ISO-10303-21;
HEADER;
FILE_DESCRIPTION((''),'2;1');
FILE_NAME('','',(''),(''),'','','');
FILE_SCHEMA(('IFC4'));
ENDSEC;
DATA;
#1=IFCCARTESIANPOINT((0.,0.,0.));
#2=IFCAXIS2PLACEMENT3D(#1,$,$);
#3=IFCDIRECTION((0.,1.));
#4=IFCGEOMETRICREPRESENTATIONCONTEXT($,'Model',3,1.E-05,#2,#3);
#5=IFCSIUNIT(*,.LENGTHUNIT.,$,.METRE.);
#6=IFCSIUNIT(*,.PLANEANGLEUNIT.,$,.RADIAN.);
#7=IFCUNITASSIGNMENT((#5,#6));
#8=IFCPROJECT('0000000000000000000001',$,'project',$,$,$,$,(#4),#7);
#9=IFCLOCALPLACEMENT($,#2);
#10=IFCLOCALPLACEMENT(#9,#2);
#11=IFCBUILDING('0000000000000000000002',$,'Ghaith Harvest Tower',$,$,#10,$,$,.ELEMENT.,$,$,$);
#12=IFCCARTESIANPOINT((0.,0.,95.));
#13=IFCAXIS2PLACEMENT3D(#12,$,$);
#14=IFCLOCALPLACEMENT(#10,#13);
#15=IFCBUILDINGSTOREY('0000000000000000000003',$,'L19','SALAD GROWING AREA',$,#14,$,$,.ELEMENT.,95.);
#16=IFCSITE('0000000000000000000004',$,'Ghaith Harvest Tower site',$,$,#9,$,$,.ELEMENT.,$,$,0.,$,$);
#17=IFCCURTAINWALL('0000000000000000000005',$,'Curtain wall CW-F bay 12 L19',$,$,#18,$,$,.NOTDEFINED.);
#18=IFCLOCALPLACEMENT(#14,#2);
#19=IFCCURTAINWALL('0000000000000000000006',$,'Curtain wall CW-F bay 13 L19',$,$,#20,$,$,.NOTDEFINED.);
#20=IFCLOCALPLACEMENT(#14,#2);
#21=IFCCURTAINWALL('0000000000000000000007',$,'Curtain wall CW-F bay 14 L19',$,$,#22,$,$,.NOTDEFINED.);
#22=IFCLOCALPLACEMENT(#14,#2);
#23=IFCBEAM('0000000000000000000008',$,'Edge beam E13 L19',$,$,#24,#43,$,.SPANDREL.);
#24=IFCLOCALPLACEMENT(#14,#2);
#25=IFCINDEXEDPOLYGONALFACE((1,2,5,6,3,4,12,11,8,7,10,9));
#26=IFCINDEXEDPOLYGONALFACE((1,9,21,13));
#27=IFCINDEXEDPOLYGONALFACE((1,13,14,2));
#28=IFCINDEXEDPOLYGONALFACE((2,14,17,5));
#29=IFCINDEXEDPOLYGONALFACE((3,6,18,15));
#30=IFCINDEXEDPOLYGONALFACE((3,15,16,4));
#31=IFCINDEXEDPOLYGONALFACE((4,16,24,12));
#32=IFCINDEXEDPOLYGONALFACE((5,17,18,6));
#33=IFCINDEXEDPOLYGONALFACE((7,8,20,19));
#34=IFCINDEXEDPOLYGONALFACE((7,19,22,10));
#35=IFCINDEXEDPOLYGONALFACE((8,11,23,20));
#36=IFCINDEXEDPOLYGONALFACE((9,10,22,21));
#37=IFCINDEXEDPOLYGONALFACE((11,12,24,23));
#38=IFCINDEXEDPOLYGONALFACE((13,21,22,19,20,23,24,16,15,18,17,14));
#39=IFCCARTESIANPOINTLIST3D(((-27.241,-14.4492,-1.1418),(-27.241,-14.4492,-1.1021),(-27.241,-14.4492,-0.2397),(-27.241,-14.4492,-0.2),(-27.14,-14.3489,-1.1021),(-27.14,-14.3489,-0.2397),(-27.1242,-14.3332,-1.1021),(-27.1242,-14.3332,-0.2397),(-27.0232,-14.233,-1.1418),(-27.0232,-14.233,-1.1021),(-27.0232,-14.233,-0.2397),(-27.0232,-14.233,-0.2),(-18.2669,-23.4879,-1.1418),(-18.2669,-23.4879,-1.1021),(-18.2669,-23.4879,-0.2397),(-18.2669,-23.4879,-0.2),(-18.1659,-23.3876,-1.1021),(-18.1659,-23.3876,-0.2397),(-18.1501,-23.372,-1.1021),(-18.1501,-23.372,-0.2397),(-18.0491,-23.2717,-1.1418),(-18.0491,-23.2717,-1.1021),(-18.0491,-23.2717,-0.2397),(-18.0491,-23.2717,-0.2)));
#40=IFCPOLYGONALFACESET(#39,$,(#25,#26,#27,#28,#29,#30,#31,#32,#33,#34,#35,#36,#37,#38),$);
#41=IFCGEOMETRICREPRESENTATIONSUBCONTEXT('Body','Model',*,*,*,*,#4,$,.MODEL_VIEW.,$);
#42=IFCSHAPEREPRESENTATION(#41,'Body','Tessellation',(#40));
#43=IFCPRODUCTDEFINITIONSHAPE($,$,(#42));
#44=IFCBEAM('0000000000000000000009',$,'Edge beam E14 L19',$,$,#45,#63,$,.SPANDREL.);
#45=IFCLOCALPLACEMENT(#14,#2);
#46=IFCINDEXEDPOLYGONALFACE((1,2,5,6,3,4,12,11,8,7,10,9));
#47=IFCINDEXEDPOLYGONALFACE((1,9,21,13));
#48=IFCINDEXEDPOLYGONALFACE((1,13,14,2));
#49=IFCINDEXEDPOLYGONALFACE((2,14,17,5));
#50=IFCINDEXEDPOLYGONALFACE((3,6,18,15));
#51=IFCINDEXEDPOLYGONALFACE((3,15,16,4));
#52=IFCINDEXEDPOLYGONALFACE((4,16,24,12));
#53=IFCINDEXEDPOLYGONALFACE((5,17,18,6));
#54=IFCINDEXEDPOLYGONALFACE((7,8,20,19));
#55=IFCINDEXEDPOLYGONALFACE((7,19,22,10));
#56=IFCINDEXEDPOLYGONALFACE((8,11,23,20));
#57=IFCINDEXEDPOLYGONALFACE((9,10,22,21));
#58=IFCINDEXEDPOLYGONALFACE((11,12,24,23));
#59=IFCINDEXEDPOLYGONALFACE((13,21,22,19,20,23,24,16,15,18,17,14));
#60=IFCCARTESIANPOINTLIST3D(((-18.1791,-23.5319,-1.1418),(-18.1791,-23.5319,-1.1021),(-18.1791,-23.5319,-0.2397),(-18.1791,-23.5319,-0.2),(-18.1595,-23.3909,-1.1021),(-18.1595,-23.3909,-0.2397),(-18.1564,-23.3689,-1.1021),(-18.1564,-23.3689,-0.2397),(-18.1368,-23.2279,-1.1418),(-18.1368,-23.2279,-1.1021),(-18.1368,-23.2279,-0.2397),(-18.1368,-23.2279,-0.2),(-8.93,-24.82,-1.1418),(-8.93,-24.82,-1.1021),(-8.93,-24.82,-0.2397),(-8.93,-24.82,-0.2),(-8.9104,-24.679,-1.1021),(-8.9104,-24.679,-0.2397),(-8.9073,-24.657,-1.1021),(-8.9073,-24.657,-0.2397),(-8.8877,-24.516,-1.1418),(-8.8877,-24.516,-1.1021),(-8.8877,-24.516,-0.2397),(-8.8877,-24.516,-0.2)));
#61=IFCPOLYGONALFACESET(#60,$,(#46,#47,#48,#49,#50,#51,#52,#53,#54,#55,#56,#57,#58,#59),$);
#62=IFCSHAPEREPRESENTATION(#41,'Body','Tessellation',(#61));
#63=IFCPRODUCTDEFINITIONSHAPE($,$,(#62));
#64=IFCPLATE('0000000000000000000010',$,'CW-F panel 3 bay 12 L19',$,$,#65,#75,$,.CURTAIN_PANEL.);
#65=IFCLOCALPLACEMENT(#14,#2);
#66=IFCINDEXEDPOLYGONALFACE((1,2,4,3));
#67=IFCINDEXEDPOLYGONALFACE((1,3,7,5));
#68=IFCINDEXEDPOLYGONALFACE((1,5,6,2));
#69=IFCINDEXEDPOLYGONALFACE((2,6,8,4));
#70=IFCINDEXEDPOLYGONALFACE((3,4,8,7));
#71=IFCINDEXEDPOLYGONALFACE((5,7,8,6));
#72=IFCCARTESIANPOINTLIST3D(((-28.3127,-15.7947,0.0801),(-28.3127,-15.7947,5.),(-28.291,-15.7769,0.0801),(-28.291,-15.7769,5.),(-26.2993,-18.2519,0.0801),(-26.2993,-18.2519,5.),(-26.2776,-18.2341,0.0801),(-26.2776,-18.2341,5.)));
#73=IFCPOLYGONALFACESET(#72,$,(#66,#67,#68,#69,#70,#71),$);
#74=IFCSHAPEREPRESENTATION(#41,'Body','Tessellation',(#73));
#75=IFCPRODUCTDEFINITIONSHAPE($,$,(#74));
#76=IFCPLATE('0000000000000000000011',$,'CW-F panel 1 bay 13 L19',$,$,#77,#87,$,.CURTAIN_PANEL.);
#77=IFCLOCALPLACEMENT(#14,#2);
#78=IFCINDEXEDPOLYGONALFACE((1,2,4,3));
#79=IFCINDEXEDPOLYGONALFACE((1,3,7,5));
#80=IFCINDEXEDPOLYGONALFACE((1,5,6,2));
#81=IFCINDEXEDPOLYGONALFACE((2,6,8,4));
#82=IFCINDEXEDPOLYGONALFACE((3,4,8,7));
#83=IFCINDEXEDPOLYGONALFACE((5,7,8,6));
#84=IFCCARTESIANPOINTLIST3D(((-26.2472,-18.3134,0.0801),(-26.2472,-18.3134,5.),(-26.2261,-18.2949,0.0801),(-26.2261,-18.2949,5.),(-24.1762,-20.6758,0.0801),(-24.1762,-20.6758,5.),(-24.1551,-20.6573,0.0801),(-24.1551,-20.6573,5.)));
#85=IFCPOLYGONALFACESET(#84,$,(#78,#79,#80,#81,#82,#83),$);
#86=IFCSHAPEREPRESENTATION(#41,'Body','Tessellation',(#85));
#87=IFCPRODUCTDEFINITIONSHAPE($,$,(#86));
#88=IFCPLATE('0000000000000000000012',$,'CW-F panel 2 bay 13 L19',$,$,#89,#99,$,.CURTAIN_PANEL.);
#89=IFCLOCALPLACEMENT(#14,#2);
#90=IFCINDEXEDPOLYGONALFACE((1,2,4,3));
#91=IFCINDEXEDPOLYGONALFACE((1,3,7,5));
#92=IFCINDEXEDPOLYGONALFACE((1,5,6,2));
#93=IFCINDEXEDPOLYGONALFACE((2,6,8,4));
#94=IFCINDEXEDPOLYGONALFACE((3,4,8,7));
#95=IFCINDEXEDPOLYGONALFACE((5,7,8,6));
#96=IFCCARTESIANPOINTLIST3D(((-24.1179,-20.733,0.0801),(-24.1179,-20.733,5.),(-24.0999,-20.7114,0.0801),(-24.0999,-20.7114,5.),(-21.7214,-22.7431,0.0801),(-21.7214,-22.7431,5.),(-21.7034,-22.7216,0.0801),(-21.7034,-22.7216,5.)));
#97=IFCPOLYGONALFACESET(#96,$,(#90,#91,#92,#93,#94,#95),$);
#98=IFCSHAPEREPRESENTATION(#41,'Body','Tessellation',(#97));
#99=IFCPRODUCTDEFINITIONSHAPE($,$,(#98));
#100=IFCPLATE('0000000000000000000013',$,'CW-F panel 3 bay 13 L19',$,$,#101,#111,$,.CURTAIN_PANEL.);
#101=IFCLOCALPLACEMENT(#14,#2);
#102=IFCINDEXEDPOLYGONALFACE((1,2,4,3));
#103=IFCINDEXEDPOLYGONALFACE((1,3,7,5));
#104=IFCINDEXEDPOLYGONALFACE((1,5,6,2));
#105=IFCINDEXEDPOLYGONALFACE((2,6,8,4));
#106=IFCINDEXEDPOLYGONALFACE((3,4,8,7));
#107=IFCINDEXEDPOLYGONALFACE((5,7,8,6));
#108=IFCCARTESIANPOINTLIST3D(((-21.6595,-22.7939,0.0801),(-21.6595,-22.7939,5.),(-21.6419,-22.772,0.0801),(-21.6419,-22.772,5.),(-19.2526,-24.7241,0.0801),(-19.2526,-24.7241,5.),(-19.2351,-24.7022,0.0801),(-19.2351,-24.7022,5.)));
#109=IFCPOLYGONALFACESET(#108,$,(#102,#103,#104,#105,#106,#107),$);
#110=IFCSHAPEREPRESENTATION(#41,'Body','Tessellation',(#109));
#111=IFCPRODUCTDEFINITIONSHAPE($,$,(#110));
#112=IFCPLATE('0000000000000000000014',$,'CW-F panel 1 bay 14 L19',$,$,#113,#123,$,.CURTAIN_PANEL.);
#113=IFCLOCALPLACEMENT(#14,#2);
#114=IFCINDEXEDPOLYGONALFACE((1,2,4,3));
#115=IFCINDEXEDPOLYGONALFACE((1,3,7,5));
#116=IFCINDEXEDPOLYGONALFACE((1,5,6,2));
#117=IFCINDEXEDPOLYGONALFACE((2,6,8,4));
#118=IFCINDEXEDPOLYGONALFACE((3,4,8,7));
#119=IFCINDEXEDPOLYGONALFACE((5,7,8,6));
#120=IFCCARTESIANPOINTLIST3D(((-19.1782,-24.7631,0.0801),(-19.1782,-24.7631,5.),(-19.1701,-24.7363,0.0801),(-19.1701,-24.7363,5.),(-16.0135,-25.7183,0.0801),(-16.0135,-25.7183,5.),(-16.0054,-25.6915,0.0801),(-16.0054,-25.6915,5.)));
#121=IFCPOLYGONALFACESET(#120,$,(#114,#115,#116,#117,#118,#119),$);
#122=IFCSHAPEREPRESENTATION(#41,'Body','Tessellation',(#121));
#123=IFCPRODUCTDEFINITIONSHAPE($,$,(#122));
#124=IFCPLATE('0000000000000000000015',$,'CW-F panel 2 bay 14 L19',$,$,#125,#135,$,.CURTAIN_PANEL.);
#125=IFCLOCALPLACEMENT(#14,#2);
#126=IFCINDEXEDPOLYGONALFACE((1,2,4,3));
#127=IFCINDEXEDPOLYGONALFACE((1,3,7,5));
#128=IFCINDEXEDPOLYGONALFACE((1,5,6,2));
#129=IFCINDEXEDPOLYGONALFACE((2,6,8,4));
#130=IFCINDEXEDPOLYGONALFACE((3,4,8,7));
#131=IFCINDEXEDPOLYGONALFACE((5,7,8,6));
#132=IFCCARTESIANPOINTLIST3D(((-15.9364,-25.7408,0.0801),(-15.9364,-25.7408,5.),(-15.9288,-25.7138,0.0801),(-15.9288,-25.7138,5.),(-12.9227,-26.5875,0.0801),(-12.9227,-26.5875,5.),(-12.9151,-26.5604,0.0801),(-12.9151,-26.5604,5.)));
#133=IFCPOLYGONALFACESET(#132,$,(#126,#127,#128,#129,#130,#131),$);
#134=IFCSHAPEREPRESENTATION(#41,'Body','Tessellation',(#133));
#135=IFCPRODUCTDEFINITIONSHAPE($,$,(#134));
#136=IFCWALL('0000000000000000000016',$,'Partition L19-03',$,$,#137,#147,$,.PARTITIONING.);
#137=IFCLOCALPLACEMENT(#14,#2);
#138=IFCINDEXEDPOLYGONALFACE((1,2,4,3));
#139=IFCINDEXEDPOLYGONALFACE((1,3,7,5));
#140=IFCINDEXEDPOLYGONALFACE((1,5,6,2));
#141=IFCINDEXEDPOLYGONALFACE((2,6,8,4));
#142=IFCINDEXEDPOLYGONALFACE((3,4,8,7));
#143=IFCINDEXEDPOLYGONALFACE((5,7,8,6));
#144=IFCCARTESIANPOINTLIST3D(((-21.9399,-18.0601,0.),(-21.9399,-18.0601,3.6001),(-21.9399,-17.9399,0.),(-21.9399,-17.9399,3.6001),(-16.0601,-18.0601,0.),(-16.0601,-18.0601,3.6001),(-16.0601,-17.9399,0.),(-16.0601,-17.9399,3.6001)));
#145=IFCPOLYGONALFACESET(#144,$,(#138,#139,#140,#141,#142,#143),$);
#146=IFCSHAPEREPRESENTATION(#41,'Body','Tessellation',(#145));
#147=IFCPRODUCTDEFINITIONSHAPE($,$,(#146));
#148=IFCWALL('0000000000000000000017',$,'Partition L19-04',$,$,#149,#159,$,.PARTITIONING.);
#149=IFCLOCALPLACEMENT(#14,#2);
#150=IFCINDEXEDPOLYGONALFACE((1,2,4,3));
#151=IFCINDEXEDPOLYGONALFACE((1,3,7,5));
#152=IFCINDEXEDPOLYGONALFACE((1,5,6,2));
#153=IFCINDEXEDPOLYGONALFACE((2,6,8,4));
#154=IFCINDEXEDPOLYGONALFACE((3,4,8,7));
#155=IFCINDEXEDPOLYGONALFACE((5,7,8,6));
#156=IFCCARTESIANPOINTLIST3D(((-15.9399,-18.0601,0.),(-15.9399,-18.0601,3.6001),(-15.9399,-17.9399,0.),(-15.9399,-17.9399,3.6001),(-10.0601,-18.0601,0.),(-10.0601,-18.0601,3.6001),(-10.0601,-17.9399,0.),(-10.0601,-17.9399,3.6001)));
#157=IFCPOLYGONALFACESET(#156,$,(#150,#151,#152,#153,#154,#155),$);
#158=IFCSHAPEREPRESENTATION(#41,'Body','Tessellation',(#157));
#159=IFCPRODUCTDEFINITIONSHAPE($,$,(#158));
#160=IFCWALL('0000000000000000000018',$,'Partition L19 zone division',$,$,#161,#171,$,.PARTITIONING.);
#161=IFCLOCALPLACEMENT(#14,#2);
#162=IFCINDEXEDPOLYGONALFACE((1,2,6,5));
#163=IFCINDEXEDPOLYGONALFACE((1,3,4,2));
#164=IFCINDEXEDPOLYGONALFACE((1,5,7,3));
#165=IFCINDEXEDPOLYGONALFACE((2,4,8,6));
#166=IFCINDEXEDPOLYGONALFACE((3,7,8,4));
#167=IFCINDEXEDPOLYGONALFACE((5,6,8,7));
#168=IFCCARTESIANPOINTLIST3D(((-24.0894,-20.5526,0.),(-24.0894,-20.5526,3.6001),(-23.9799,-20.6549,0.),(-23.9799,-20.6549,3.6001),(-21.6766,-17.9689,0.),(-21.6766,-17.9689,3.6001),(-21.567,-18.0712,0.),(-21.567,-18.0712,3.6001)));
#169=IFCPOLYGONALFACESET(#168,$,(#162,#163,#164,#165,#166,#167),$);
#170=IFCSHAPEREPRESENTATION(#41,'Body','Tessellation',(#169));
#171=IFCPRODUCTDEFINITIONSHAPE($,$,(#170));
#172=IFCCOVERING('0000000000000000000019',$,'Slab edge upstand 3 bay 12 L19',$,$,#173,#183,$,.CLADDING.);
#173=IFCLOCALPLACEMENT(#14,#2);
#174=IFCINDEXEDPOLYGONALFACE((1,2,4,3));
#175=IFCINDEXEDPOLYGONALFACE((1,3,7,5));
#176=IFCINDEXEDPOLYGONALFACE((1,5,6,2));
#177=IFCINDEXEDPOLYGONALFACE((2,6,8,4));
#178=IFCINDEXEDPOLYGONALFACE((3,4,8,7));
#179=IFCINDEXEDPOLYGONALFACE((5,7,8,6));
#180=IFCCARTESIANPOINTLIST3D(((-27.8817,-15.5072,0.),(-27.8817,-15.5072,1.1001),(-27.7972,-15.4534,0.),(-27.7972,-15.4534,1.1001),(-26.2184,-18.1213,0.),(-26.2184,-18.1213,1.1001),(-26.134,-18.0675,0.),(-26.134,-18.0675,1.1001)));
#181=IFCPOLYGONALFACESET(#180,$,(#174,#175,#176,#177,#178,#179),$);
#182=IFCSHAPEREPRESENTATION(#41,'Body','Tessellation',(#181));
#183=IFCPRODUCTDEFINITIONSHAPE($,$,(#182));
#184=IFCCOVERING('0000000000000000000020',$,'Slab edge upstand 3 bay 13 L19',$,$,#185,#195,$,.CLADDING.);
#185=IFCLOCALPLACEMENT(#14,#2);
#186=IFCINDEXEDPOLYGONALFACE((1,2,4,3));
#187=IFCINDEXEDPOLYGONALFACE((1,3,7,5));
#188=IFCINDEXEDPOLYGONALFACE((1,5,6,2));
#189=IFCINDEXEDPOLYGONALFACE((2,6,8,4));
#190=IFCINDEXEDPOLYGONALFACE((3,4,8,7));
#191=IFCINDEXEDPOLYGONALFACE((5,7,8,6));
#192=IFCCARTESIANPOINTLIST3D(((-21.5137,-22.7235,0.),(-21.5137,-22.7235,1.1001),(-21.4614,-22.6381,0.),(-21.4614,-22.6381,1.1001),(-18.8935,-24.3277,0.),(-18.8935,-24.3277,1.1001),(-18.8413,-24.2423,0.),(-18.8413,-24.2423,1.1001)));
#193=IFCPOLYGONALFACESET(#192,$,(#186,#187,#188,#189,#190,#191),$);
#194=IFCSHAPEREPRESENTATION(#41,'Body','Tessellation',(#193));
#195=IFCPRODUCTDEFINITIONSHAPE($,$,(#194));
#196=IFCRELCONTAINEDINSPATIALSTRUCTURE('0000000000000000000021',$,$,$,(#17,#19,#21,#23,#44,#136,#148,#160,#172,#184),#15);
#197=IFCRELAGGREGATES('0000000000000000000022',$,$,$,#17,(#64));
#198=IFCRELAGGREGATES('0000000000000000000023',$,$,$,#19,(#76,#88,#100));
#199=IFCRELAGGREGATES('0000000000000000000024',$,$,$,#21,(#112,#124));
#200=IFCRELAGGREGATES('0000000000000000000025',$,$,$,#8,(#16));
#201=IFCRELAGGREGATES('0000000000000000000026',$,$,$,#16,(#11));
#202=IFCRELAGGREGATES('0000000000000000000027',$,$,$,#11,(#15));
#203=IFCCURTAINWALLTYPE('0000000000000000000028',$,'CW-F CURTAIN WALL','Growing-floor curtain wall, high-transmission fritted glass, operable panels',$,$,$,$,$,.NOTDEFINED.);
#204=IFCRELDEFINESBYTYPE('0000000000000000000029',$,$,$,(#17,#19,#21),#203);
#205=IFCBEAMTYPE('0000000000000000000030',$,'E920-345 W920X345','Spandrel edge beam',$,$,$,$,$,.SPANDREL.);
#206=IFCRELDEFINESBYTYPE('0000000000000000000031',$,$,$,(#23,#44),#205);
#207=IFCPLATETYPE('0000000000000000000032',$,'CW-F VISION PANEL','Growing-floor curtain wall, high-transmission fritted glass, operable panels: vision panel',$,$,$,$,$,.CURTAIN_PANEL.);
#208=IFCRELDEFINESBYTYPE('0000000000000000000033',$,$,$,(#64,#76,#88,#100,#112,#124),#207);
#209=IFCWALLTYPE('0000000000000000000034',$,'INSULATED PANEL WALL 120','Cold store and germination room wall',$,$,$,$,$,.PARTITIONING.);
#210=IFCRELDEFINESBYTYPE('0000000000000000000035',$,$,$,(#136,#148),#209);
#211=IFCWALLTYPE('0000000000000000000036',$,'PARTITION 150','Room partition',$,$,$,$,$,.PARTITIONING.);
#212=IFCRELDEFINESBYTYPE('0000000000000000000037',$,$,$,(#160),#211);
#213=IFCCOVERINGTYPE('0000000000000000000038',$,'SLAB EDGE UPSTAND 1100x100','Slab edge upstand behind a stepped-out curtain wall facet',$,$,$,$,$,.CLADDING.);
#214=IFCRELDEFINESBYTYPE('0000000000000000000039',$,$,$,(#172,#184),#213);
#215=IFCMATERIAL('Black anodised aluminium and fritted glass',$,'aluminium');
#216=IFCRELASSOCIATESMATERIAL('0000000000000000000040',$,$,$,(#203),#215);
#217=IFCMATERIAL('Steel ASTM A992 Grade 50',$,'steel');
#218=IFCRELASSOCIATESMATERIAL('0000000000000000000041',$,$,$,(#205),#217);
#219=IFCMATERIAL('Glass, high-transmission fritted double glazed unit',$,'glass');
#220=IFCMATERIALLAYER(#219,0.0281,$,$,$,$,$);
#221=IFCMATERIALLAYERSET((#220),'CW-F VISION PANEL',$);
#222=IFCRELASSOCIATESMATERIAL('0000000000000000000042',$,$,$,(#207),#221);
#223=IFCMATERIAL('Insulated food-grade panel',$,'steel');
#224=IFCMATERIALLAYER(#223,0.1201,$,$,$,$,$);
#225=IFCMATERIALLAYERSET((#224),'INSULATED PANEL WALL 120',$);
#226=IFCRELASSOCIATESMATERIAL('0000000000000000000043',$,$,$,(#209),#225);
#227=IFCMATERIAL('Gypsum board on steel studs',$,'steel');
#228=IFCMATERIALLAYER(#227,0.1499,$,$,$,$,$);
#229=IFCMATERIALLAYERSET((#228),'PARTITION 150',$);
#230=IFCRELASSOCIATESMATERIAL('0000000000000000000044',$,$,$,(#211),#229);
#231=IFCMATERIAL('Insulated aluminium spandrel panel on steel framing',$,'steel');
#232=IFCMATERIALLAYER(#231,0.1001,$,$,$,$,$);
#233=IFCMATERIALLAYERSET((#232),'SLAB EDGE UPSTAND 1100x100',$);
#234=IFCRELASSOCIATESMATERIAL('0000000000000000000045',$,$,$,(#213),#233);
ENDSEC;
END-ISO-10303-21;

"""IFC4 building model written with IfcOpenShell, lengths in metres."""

from ifc_helpers import new_model, si_unit, direction, frame, frame_2d, origin, origin_2d, place, context, subcontext, project, spatial, rectangle, i_section, extrude, material, layer, layer_set, material_profile, profile_set, type_object, element, aggregate, save


model = new_model("IFC4")

# Units and contexts
model_context = context("Model", 3, precision=1e-05, world=origin(), true_north=direction((0.0, 1.0)))
body_context = subcontext(model_context, "Body", "Model", "MODEL_VIEW")
ifc_project = project(units=[si_unit("LENGTHUNIT", "METRE"), si_unit("PLANEANGLEUNIT", "RADIAN")], contexts=[model_context])

# Site, building, storey
site_placement = place(None, origin())
site = spatial("IfcSite", under=ifc_project, at=site_placement, Name="Ghaith Harvest Tower site", CompositionType="ELEMENT", RefElevation=0.0)
building_placement = place(site_placement, origin())
building = spatial("IfcBuilding", under=site, at=building_placement, Name="Ghaith Harvest Tower", CompositionType="ELEMENT")
storey_placement = place(building_placement, frame((0.0, 0.0, 95.0)))
storey = spatial("IfcBuildingStorey", under=building, at=storey_placement, Name="L19", Description="SALAD GROWING AREA", CompositionType="ELEMENT", Elevation=95.0)

# Curtain wall
ifc_material_1 = material(Name="Black anodised aluminium and fritted glass", Category="aluminium")
curtain_wall_type = type_object("IfcCurtainWallType", Name="CW-F CURTAIN WALL", Description="Growing-floor curtain wall, high-transmission fritted glass, operable panels", PredefinedType="NOTDEFINED", material=ifc_material_1)
curtain_wall_1_placement = place(storey_placement, origin())
curtain_wall_1 = element("IfcCurtainWall", 1, at=curtain_wall_1_placement, inside=storey, type_object=curtain_wall_type, Name="Curtain wall CW-F bay 12 L19", PredefinedType="NOTDEFINED")

# Curtain walls
curtain_wall_2_placement = place(storey_placement, origin())
curtain_wall_2 = element("IfcCurtainWall", 2, at=curtain_wall_2_placement, inside=storey, type_object=curtain_wall_type, Name="Curtain wall CW-F bay 13 L19", PredefinedType="NOTDEFINED")
curtain_wall_3_placement = place(storey_placement, origin())
curtain_wall_3 = element("IfcCurtainWall", 3, at=curtain_wall_3_placement, inside=storey, type_object=curtain_wall_type, Name="Curtain wall CW-F bay 14 L19", PredefinedType="NOTDEFINED")

# Beams
ifc_material_2 = material(Name="Steel ASTM A992 Grade 50", Category="steel")
ifc_material_profile_1 = material_profile(ifc_material_2, i_section(OverallWidth=0.3069, OverallDepth=0.9419, WebThickness=0.0222, FlangeThickness=0.0398, at=origin_2d()), Name="W920X345")
ifc_profile_set_1 = profile_set([ifc_material_profile_1], Name="Steel ASTM A992 Grade 50")
beam_type = type_object("IfcBeamType", Name="E920-345 W920X345", Description="Spandrel edge beam", PredefinedType="SPANDREL", material=ifc_profile_set_1)
beam_1_placement = place(storey_placement, frame((-27.1321, -14.3411, -0.6709), z_axis=(0.704563, -0.709642, 0.0), x_axis=(0.709642, 0.704563, 0.0)))
element("IfcBeam", 4, at=beam_1_placement, inside=storey, type_object=beam_type, Name="Edge beam E13 L19", PredefinedType="SPANDREL", context=body_context, shape_type="SweptSolid", body=[
    extrude(i_section(OverallWidth=0.3069, OverallDepth=0.9419, WebThickness=0.0222, FlangeThickness=0.0398, at=origin_2d()), origin(), (0.0, 0.0, 1.0), 12.7371),
])
beam_2_placement = place(storey_placement, frame((-18.158, -23.3799, -0.6709), z_axis=(0.990441, -0.137936, 0.0), x_axis=(0.137936, 0.990441, 0.0)))
element("IfcBeam", 5, at=beam_2_placement, inside=storey, type_object=beam_type, Name="Edge beam E14 L19", PredefinedType="SPANDREL", context=body_context, shape_type="SweptSolid", body=[
    extrude(i_section(OverallWidth=0.3069, OverallDepth=0.9419, WebThickness=0.0222, FlangeThickness=0.0398, at=origin_2d()), origin(), (0.0, 0.0, 1.0), 9.3384),
])

# Plates
ifc_material_3 = material(Name="Glass, high-transmission fritted double glazed unit", Category="glass")
ifc_layer_1 = layer(ifc_material_3, 0.0281)
ifc_layer_set_1 = layer_set([ifc_layer_1], Name="CW-F VISION PANEL")
plate_type = type_object("IfcPlateType", Name="CW-F VISION PANEL", Description="Growing-floor curtain wall, high-transmission fritted glass, operable panels: vision panel", PredefinedType="CURTAIN_PANEL", material=ifc_layer_set_1)
plate_1_placement = place(storey_placement, frame((-27.2952, -17.0144, 0.0801), z_axis=(0.0, 0.0, 1.0), x_axis=(0.63379, -0.773505, 0.0)))
plate_1 = element("IfcPlate", 6, at=plate_1_placement, type_object=plate_type, Name="CW-F panel 3 bay 12 L19", PredefinedType="CURTAIN_PANEL", context=body_context, shape_type="SweptSolid", body=[
    extrude(rectangle(XDim=3.1768, YDim=0.0281, at=origin_2d()), origin(), (0.0, 0.0, 1.0), 4.9199),
])
aggregate(curtain_wall_1, [plate_1])
plate_2_placement = place(storey_placement, frame((-25.2012, -19.4854, 0.0801), z_axis=(0.0, 0.0, 1.0), x_axis=(0.659216, -0.751954, 0.0)))
plate_2 = element("IfcPlate", 7, at=plate_2_placement, type_object=plate_type, Name="CW-F panel 1 bay 13 L19", PredefinedType="CURTAIN_PANEL", context=body_context, shape_type="SweptSolid", body=[
    extrude(rectangle(XDim=3.1416, YDim=0.0281, at=origin_2d()), origin(), (0.0, 0.0, 1.0), 4.9199),
])
plate_3_placement = place(storey_placement, frame((-22.9106, -21.7273, 0.0801), z_axis=(0.0, 0.0, 1.0), x_axis=(0.766155, -0.642656, 0.0)))
plate_3 = element("IfcPlate", 8, at=plate_3_placement, type_object=plate_type, Name="CW-F panel 2 bay 13 L19", PredefinedType="CURTAIN_PANEL", context=body_context, shape_type="SweptSolid", body=[
    extrude(rectangle(XDim=3.1279, YDim=0.0281, at=origin_2d()), origin(), (0.0, 0.0, 1.0), 4.9199),
])
plate_4_placement = place(storey_placement, frame((-20.4473, -23.748, 0.0801), z_axis=(0.0, 0.0, 1.0), x_axis=(0.780122, -0.625627, 0.0)))
plate_4 = element("IfcPlate", 9, at=plate_4_placement, type_object=plate_type, Name="CW-F panel 3 bay 13 L19", PredefinedType="CURTAIN_PANEL", context=body_context, shape_type="SweptSolid", body=[
    extrude(rectangle(XDim=3.0852, YDim=0.0281, at=origin_2d()), origin(), (0.0, 0.0, 1.0), 4.9199),
])
aggregate(curtain_wall_2, [plate_2, plate_3, plate_4])
plate_5_placement = place(storey_placement, frame((-17.5918, -25.2273, 0.0801), z_axis=(0.0, 0.0, 1.0), x_axis=(0.957342, -0.288956, 0.0)))
plate_5 = element("IfcPlate", 10, at=plate_5_placement, type_object=plate_type, Name="CW-F panel 1 bay 14 L19", PredefinedType="CURTAIN_PANEL", context=body_context, shape_type="SweptSolid", body=[
    extrude(rectangle(XDim=3.3057, YDim=0.0281, at=origin_2d()), origin(), (0.0, 0.0, 1.0), 4.9199),
])
plate_6_placement = place(storey_placement, frame((-14.4258, -26.1506, 0.0801), z_axis=(0.0, 0.0, 1.0), x_axis=(0.96273, -0.270465, 0.0)))
plate_6 = element("IfcPlate", 11, at=plate_6_placement, type_object=plate_type, Name="CW-F panel 2 bay 14 L19", PredefinedType="CURTAIN_PANEL", context=body_context, shape_type="SweptSolid", body=[
    extrude(rectangle(XDim=3.1304, YDim=0.0281, at=origin_2d()), origin(), (0.0, 0.0, 1.0), 4.9199),
])
aggregate(curtain_wall_3, [plate_5, plate_6])

# Walls
ifc_material_4 = material(Name="Insulated food-grade panel", Category="steel")
ifc_layer_2 = layer(ifc_material_4, 0.1201)
ifc_layer_set_2 = layer_set([ifc_layer_2], Name="INSULATED PANEL WALL 120")
wall_type_1 = type_object("IfcWallType", Name="INSULATED PANEL WALL 120", Description="Cold store and germination room wall", PredefinedType="PARTITIONING", material=ifc_layer_set_2)
for number, where, z_axis, x_axis, name in (
    (12, (-21.9399, -18.0, 0.0), (0.0, 0.0, 1.0), (1.0, 0.0, 0.0), "Partition L19-03"),
    (13, (-15.9399, -18.0, 0.0), (0.0, 0.0, 1.0), (1.0, 0.0, 0.0), "Partition L19-04"),
):
    element("IfcWall", number, at=place(storey_placement, frame(where, z_axis=z_axis, x_axis=x_axis)), inside=storey, type_object=wall_type_1, Name=name, PredefinedType="PARTITIONING", context=body_context, shape_type="SweptSolid", body=[
        extrude(rectangle(XDim=5.8799, YDim=0.1201, at=frame_2d((2.9399, 0.0))), origin(), (0.0, 0.0, 1.0), 3.6001),
    ])
ifc_material_5 = material(Name="Gypsum board on steel studs", Category="steel")
ifc_layer_3 = layer(ifc_material_5, 0.1499)
ifc_layer_set_3 = layer_set([ifc_layer_3], Name="PARTITION 150")
wall_type_2 = type_object("IfcWallType", Name="PARTITION 150", Description="Room partition", PredefinedType="PARTITIONING", material=ifc_layer_set_3)
wall_placement = place(storey_placement, frame((-21.6218, -18.02, 0.0), z_axis=(0.0, 0.0, 1.0), x_axis=(-0.682522, -0.730865, 0.0)))
element("IfcWall", 14, at=wall_placement, inside=storey, type_object=wall_type_2, Name="Partition L19 zone division", PredefinedType="PARTITIONING", context=body_context, shape_type="SweptSolid", body=[
    extrude(rectangle(XDim=3.5352, YDim=0.1499, at=frame_2d((1.7676, 0.0))), origin(), (0.0, 0.0, 1.0), 3.6001),
])

# Coverings
ifc_material_6 = material(Name="Insulated aluminium spandrel panel on steel framing", Category="steel")
ifc_layer_4 = layer(ifc_material_6, 0.1001)
ifc_layer_set_4 = layer_set([ifc_layer_4], Name="SLAB EDGE UPSTAND 1100x100")
covering_type = type_object("IfcCoveringType", Name="SLAB EDGE UPSTAND 1100x100", Description="Slab edge upstand behind a stepped-out curtain wall facet", PredefinedType="CLADDING", material=ifc_layer_set_4)
covering_1_placement = place(storey_placement, frame((-27.0078, -16.7874, 0.0), z_axis=(0.0, 0.0, 1.0), x_axis=(0.536807, -0.843705, 0.0)))
element("IfcCovering", 15, at=covering_1_placement, inside=storey, type_object=covering_type, Name="Slab edge upstand 3 bay 12 L19", PredefinedType="CLADDING", context=body_context, shape_type="SweptSolid", body=[
    extrude(rectangle(XDim=3.0984, YDim=0.1001, at=origin_2d()), origin(), (0.0, 0.0, 1.0), 1.1001),
])
covering_2_placement = place(storey_placement, frame((-20.1775, -23.4829, 0.0), z_axis=(0.0, 0.0, 1.0), x_axis=(0.852847, -0.522161, 0.0)))
element("IfcCovering", 16, at=covering_2_placement, inside=storey, type_object=covering_type, Name="Slab edge upstand 3 bay 13 L19", PredefinedType="CLADDING", context=body_context, shape_type="SweptSolid", body=[
    extrude(rectangle(XDim=3.0723, YDim=0.1001, at=origin_2d()), origin(), (0.0, 0.0, 1.0), 1.1001),
])

save(model, "model.ifc")
